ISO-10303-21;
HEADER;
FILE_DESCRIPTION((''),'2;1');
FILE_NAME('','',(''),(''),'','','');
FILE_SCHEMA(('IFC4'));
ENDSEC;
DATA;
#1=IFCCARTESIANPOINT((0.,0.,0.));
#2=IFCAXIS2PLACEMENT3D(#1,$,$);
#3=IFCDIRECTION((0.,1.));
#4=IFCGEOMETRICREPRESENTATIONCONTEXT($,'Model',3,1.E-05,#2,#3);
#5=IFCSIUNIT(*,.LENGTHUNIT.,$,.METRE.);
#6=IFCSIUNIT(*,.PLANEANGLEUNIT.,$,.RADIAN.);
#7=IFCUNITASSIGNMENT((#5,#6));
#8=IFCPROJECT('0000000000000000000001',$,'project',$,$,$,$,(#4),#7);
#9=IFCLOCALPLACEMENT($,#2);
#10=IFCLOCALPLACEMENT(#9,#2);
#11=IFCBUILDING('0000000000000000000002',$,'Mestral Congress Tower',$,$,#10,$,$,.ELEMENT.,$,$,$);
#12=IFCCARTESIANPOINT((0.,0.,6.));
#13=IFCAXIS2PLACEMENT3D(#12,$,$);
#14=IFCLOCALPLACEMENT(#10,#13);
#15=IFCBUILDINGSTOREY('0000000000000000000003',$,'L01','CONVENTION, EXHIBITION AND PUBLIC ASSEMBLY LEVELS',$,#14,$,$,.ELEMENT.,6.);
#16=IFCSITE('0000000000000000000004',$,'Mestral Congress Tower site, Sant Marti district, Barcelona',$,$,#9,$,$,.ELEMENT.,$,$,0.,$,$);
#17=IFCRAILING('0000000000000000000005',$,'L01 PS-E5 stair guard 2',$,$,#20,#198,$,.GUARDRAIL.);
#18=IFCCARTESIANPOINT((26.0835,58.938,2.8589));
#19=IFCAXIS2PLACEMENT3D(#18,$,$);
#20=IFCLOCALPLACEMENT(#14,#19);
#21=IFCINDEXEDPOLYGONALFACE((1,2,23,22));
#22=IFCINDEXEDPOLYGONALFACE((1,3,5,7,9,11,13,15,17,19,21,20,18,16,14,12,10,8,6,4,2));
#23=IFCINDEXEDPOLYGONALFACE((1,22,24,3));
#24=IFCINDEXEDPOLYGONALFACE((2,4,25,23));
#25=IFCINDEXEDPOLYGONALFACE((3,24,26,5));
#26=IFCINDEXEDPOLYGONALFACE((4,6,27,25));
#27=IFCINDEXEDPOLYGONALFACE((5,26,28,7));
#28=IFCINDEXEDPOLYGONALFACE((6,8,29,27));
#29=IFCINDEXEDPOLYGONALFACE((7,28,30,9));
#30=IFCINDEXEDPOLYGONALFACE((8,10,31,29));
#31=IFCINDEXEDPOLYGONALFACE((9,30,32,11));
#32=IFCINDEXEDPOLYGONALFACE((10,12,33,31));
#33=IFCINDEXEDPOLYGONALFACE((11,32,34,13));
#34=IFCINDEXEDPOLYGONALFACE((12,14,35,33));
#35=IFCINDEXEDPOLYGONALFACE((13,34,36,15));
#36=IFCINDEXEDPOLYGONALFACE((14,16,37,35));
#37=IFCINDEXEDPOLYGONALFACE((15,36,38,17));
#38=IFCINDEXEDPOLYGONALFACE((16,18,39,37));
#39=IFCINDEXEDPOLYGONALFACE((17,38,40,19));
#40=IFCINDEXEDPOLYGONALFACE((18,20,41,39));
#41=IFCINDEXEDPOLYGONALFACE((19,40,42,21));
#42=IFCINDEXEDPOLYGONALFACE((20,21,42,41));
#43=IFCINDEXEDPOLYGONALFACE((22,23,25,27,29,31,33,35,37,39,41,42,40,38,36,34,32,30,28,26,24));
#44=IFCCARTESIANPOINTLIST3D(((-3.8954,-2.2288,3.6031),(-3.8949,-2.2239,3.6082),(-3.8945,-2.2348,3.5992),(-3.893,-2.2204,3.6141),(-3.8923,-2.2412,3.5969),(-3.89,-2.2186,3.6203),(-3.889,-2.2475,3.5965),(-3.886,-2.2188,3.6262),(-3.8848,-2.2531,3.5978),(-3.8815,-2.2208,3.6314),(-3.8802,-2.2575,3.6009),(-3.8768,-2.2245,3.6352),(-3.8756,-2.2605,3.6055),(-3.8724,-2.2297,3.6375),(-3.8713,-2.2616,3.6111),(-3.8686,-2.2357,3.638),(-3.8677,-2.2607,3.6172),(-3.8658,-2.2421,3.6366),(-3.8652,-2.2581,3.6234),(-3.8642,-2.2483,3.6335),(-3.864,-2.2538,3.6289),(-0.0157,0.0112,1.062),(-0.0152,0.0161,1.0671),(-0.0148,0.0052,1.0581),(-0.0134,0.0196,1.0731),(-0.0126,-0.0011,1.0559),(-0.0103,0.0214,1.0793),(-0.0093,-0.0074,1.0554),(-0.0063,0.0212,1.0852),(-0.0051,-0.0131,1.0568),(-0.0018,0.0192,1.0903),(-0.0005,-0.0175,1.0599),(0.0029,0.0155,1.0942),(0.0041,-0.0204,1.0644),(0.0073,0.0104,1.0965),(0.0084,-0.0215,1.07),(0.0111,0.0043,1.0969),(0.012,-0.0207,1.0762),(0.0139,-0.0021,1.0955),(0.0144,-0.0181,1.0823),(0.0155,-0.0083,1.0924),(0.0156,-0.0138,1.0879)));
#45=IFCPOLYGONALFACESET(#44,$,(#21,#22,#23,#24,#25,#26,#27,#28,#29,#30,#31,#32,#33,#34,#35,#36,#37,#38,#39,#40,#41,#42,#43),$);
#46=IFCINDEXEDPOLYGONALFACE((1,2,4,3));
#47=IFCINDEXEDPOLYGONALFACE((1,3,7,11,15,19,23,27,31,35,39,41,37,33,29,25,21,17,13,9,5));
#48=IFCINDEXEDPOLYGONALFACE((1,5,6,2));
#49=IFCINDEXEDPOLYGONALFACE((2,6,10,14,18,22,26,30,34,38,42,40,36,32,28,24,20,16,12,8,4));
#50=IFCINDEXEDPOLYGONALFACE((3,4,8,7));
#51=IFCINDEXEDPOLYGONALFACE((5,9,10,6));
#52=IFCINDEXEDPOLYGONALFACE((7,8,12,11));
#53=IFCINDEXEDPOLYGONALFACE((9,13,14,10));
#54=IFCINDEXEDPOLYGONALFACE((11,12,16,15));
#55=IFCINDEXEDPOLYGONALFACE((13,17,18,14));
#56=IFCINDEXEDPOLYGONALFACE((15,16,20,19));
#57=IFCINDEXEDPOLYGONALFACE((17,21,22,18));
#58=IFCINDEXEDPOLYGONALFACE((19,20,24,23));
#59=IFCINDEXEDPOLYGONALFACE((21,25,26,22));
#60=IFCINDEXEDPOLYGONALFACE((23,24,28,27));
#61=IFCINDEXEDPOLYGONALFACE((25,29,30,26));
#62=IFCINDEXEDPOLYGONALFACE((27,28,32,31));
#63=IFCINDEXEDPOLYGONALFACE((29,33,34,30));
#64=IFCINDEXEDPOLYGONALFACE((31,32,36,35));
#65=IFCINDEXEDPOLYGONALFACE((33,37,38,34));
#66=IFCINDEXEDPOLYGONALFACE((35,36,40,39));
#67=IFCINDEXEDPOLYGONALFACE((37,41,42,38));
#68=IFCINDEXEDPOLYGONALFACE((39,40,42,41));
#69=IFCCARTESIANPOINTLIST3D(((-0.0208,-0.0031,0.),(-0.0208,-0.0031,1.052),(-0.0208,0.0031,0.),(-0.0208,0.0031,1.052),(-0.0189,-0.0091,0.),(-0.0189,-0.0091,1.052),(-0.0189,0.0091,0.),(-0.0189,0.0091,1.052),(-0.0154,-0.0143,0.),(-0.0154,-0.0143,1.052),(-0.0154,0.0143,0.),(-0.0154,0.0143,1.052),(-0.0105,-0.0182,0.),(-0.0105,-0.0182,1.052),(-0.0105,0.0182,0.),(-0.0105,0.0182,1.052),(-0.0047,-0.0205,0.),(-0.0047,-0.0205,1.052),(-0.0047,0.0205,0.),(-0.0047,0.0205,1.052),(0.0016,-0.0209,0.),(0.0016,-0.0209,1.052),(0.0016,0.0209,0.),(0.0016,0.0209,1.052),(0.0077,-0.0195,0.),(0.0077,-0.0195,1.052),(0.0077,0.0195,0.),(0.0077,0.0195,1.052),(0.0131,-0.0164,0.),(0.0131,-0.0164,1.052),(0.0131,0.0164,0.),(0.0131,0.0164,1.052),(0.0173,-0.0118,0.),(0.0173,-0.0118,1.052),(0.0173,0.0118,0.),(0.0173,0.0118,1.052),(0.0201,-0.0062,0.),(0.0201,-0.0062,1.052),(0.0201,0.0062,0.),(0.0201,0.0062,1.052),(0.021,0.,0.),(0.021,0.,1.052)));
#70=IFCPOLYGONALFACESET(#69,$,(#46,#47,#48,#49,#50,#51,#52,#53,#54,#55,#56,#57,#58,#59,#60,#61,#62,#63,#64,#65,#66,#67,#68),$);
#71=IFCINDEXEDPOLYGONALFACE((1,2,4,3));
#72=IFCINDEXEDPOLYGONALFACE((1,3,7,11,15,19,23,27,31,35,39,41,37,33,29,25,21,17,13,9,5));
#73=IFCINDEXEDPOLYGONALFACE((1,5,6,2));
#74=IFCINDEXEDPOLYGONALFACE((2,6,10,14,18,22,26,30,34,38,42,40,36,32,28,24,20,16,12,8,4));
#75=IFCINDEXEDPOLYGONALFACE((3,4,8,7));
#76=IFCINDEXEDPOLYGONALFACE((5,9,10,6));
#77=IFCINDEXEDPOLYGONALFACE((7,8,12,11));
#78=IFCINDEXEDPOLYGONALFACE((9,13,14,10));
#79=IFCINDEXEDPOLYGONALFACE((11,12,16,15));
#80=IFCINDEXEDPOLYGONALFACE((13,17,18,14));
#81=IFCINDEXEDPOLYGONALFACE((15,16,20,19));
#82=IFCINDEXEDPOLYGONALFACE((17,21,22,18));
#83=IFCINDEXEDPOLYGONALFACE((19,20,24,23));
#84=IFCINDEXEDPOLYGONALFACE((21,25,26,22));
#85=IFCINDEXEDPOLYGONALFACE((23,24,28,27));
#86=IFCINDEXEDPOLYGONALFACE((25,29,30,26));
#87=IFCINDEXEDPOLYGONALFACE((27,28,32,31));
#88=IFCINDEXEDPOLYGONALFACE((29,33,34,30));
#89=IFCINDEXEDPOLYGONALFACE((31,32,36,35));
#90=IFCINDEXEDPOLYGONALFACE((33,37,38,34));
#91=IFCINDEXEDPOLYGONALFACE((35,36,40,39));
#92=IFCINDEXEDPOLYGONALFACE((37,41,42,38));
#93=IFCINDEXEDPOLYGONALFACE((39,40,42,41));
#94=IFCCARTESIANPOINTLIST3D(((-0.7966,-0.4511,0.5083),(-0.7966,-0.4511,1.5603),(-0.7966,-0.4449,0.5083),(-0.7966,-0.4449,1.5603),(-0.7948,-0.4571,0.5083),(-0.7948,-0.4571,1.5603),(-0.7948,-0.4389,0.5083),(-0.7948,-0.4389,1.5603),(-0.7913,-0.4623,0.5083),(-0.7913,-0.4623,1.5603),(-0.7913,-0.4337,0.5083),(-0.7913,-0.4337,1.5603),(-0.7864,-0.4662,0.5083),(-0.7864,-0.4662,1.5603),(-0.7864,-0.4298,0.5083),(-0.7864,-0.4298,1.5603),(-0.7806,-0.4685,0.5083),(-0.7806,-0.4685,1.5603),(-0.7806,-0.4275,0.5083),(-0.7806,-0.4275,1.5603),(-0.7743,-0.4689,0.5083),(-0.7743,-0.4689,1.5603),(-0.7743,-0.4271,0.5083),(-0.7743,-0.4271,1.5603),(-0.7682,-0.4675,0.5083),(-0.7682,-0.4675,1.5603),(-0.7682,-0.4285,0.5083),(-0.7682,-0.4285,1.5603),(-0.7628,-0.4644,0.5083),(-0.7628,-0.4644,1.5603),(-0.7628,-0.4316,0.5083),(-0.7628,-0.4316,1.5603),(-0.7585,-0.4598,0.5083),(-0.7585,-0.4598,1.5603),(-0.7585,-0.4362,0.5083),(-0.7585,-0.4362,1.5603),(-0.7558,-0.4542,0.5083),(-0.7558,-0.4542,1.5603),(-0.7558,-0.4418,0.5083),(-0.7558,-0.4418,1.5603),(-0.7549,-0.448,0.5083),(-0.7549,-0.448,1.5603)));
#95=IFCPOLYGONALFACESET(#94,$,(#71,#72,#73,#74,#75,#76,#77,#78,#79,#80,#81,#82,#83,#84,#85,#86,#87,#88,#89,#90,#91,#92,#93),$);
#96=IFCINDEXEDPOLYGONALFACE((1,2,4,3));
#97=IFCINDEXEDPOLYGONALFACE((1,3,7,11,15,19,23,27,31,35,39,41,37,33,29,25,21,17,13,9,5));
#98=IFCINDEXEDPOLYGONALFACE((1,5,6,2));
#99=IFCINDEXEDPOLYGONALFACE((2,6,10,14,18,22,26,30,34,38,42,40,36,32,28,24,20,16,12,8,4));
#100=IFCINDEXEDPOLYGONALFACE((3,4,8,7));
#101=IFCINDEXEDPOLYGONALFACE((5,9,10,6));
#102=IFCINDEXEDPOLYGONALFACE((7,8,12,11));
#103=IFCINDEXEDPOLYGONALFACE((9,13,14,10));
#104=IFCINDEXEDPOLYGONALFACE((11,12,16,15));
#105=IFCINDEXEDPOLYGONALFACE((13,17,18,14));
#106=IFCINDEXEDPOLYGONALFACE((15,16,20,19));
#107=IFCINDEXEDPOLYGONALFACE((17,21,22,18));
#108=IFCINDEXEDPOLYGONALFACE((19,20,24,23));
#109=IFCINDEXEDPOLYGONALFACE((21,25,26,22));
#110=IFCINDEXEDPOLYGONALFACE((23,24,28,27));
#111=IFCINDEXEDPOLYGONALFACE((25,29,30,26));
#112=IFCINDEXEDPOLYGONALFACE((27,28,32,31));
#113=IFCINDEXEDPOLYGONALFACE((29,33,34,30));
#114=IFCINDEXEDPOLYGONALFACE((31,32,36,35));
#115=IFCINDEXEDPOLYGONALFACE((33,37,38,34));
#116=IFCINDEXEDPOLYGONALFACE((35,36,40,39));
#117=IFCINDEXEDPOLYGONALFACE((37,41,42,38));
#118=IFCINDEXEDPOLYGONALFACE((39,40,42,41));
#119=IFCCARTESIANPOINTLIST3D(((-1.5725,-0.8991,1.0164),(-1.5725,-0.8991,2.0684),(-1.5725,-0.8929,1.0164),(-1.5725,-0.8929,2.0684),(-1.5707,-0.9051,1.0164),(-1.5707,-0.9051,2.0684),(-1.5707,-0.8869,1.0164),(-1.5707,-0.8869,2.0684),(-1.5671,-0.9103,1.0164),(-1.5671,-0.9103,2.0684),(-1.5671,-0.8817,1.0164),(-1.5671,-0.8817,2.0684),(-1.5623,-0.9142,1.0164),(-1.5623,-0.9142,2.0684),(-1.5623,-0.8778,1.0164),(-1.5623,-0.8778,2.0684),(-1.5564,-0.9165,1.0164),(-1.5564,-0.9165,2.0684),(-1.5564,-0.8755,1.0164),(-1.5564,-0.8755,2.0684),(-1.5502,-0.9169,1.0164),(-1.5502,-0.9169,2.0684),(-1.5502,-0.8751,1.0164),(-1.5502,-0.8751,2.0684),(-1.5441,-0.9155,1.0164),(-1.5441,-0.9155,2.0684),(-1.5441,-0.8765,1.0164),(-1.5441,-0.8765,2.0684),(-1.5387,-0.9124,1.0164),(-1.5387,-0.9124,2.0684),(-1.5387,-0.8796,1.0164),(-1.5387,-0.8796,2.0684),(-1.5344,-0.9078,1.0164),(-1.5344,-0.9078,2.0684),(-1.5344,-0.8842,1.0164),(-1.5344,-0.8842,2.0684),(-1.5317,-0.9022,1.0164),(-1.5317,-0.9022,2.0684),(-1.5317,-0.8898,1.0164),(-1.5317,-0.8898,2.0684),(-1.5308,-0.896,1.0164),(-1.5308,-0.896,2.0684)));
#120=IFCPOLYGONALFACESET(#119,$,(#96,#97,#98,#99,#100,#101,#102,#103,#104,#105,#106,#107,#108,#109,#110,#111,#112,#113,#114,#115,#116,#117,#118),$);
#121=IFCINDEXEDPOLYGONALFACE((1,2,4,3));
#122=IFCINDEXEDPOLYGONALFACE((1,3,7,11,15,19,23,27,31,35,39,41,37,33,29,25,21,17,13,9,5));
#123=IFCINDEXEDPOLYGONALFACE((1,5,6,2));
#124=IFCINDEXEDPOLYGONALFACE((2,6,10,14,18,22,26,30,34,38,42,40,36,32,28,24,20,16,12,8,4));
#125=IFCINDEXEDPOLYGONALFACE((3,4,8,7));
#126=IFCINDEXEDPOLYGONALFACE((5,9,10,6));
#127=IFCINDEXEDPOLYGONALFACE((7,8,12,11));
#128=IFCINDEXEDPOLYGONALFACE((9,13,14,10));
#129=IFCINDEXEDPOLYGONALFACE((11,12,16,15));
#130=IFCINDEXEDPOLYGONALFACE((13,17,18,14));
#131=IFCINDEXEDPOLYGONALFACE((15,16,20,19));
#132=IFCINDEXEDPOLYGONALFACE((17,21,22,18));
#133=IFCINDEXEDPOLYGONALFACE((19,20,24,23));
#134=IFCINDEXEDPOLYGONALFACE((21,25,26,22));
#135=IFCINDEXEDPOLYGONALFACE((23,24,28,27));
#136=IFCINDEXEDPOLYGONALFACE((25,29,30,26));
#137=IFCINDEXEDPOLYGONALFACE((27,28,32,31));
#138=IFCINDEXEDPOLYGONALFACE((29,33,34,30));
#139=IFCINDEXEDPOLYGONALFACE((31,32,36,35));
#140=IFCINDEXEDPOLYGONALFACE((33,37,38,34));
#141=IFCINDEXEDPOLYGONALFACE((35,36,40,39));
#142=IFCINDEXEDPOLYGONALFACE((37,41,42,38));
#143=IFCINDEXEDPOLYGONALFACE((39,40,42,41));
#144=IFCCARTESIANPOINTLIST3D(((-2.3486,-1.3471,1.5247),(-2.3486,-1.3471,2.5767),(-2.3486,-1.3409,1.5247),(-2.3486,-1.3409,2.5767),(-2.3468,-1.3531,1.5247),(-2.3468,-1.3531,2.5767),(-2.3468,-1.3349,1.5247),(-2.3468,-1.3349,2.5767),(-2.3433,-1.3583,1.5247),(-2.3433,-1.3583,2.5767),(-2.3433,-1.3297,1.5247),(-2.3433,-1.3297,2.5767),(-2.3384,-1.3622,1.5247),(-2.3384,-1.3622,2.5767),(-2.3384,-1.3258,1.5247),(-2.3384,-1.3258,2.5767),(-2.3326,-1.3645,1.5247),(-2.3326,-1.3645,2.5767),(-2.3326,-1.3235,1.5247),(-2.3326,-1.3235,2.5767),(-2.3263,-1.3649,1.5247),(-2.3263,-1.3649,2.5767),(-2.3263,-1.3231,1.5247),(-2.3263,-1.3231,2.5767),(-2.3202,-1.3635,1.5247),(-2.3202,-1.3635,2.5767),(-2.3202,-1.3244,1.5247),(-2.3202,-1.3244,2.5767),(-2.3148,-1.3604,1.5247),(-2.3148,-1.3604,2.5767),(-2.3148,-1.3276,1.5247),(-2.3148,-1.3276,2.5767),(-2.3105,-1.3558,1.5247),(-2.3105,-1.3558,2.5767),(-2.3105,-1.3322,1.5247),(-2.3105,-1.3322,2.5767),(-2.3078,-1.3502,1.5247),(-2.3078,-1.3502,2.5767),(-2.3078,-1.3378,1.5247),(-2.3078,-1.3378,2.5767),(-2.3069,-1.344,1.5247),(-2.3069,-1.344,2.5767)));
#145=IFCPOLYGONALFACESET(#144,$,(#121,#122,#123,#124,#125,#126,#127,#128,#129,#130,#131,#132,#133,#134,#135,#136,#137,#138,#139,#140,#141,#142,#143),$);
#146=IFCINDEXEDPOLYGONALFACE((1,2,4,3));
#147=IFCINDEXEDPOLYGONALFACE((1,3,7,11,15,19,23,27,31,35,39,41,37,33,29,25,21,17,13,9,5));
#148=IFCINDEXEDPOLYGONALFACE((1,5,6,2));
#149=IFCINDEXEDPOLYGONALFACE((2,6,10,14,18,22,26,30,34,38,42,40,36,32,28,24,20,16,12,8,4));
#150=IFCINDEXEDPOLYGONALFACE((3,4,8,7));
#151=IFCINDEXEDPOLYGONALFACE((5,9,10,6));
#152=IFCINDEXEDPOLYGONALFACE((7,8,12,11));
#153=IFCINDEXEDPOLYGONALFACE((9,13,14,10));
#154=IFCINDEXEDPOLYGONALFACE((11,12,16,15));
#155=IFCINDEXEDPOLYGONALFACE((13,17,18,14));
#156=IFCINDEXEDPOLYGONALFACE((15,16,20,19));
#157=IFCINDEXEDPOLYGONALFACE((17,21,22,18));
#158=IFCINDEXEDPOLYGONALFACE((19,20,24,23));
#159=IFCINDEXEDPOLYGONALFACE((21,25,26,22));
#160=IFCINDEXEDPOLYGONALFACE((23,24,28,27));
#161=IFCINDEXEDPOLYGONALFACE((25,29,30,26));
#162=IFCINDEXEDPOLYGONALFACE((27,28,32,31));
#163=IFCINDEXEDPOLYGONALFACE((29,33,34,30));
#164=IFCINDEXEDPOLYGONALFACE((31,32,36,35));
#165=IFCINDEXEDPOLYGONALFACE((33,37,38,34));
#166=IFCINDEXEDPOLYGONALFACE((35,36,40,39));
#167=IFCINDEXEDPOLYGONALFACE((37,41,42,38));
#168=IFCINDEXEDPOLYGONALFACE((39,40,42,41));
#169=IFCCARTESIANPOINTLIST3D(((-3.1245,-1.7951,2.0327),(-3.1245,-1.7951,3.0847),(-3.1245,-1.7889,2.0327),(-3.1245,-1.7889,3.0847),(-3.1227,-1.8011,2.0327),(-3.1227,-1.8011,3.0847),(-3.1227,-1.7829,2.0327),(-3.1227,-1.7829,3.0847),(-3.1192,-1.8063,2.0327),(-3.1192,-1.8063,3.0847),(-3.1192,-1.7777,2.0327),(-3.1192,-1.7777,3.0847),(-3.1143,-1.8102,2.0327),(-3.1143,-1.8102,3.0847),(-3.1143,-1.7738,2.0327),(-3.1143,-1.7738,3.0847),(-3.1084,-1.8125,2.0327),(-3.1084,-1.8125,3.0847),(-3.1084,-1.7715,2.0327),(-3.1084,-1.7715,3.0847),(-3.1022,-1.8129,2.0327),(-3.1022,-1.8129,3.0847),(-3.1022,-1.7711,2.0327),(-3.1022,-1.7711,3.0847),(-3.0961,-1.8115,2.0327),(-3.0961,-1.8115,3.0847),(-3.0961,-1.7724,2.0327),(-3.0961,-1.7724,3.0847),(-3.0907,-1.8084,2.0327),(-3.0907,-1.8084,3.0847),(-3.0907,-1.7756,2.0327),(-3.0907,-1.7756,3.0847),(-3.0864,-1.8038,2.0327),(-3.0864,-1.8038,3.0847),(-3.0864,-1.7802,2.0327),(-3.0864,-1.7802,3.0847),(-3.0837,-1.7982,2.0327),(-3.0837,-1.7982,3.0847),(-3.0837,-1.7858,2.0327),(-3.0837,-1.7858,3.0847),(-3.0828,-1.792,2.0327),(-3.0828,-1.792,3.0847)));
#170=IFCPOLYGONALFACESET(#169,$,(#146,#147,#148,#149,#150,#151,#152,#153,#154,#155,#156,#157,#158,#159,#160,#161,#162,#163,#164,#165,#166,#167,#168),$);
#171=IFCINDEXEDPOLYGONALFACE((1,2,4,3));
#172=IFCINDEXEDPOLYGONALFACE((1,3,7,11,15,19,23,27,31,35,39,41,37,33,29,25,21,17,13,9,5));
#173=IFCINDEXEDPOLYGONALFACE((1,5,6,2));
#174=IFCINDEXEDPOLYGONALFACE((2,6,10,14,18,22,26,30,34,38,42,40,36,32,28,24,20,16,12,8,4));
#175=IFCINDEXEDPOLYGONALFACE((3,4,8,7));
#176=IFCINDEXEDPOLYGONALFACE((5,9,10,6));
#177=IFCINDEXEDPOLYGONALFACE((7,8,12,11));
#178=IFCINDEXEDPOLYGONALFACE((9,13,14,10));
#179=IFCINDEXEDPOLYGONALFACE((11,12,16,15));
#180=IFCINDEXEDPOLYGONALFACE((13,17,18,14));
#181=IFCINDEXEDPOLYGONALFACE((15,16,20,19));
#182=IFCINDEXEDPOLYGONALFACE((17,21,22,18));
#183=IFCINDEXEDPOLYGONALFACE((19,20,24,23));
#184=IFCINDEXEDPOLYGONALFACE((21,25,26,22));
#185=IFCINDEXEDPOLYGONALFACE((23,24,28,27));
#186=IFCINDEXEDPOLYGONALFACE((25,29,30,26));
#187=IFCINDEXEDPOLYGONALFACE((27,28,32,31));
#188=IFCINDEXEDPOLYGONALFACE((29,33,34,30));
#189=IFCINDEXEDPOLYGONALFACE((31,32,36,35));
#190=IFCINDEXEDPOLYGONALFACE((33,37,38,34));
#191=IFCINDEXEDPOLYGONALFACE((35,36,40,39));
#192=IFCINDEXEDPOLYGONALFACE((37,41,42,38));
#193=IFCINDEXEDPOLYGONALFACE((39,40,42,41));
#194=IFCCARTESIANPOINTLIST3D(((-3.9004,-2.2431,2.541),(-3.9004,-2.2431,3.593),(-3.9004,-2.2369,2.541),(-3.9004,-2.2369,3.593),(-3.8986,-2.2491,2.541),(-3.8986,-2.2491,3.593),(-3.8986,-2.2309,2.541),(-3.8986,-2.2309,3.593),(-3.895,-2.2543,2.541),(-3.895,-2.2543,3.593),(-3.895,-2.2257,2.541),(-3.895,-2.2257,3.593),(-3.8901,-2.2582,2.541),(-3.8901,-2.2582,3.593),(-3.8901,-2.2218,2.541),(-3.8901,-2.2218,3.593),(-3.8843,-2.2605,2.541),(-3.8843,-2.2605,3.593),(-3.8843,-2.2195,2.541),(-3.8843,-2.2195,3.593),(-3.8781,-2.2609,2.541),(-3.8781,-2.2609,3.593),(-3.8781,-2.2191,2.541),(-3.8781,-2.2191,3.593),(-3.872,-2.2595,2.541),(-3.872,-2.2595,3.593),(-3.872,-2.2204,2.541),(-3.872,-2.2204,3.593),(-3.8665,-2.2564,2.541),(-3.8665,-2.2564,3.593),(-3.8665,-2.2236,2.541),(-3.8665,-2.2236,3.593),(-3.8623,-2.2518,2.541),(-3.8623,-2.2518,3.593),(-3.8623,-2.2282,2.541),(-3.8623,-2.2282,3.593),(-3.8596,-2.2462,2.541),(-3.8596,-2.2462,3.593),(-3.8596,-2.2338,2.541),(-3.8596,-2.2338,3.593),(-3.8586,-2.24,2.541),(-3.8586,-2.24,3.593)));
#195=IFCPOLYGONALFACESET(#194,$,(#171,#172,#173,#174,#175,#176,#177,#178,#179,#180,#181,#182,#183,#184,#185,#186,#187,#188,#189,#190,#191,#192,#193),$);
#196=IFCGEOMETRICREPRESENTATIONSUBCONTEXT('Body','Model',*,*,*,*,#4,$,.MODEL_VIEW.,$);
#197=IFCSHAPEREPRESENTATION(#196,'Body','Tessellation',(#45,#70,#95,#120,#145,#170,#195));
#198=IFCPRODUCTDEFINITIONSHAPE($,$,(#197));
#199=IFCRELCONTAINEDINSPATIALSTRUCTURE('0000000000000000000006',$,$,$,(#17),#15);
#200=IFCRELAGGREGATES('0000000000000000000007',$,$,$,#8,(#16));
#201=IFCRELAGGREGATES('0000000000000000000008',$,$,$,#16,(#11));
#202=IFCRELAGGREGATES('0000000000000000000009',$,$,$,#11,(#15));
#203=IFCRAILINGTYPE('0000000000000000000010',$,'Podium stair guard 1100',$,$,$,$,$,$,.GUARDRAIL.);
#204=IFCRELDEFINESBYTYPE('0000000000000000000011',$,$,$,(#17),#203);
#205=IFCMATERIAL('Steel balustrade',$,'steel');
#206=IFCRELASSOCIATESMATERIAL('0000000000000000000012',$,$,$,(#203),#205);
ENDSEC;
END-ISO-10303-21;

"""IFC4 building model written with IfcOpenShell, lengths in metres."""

from ifc_helpers import new_model, si_unit, direction, frame, origin, origin_2d, place, context, subcontext, project, spatial, circle, extrude, material, type_object, element, save


model = new_model("IFC4")

# Units and contexts
model_context = context("Model", 3, precision=1e-05, world=origin(), true_north=direction((0.0, 1.0)))
body_context = subcontext(model_context, "Body", "Model", "MODEL_VIEW")
ifc_project = project(units=[si_unit("LENGTHUNIT", "METRE"), si_unit("PLANEANGLEUNIT", "RADIAN")], contexts=[model_context])

# Site, building, storey
site_placement = place(None, origin())
site = spatial("IfcSite", under=ifc_project, at=site_placement, Name="Mestral Congress Tower site, Sant Marti district, Barcelona", CompositionType="ELEMENT", RefElevation=0.0)
building_placement = place(site_placement, origin())
building = spatial("IfcBuilding", under=site, at=building_placement, Name="Mestral Congress Tower", CompositionType="ELEMENT")
storey_placement = place(building_placement, frame((0.0, 0.0, 6.0)))
storey = spatial("IfcBuildingStorey", under=building, at=storey_placement, Name="L01", Description="CONVENTION, EXHIBITION AND PUBLIC ASSEMBLY LEVELS", CompositionType="ELEMENT", Elevation=6.0)

# Railing
ifc_material_1 = material(Name="Steel balustrade", Category="steel")
railing_type_1 = type_object("IfcRailingType", Name="Podium stair guard 1100", PredefinedType="GUARDRAIL", material=ifc_material_1)
railing_1_placement = place(storey_placement, frame((26.0835, 58.938, 2.8589)))
element("IfcRailing", 1, at=railing_1_placement, inside=storey, type_object=railing_type_1, Name="L01 PS-E5 stair guard 2", PredefinedType="GUARDRAIL", context=body_context, shape_type="SweptSolid", body=[
    extrude(circle(Radius=0.0239, at=origin_2d()), frame((0.0, 0.0, 1.0762), z_axis=(-0.753279, -0.434922, 0.493369), x_axis=(0.500013, -0.866018, 0.0)), (0.0, 0.0, 1.0), 5.1504),
    extrude(circle(Radius=0.021, at=origin_2d()), origin(), (0.0, 0.0, 1.0), 1.052),
    extrude(circle(Radius=0.021, at=origin_2d()), frame((-0.7759, -0.448, 0.5083)), (0.0, 0.0, 1.0), 1.052),
    extrude(circle(Radius=0.021, at=origin_2d()), frame((-1.5518, -0.896, 1.0164)), (0.0, 0.0, 1.0), 1.052),
    extrude(circle(Radius=0.021, at=origin_2d()), frame((-2.3279, -1.344, 1.5247)), (0.0, 0.0, 1.0), 1.052),
    extrude(circle(Radius=0.021, at=origin_2d()), frame((-3.1038, -1.792, 2.0327)), (0.0, 0.0, 1.0), 1.052),
    extrude(circle(Radius=0.021, at=origin_2d()), frame((-3.8796, -2.24, 2.541)), (0.0, 0.0, 1.0), 1.052),
])

save(model, "model.ifc")
